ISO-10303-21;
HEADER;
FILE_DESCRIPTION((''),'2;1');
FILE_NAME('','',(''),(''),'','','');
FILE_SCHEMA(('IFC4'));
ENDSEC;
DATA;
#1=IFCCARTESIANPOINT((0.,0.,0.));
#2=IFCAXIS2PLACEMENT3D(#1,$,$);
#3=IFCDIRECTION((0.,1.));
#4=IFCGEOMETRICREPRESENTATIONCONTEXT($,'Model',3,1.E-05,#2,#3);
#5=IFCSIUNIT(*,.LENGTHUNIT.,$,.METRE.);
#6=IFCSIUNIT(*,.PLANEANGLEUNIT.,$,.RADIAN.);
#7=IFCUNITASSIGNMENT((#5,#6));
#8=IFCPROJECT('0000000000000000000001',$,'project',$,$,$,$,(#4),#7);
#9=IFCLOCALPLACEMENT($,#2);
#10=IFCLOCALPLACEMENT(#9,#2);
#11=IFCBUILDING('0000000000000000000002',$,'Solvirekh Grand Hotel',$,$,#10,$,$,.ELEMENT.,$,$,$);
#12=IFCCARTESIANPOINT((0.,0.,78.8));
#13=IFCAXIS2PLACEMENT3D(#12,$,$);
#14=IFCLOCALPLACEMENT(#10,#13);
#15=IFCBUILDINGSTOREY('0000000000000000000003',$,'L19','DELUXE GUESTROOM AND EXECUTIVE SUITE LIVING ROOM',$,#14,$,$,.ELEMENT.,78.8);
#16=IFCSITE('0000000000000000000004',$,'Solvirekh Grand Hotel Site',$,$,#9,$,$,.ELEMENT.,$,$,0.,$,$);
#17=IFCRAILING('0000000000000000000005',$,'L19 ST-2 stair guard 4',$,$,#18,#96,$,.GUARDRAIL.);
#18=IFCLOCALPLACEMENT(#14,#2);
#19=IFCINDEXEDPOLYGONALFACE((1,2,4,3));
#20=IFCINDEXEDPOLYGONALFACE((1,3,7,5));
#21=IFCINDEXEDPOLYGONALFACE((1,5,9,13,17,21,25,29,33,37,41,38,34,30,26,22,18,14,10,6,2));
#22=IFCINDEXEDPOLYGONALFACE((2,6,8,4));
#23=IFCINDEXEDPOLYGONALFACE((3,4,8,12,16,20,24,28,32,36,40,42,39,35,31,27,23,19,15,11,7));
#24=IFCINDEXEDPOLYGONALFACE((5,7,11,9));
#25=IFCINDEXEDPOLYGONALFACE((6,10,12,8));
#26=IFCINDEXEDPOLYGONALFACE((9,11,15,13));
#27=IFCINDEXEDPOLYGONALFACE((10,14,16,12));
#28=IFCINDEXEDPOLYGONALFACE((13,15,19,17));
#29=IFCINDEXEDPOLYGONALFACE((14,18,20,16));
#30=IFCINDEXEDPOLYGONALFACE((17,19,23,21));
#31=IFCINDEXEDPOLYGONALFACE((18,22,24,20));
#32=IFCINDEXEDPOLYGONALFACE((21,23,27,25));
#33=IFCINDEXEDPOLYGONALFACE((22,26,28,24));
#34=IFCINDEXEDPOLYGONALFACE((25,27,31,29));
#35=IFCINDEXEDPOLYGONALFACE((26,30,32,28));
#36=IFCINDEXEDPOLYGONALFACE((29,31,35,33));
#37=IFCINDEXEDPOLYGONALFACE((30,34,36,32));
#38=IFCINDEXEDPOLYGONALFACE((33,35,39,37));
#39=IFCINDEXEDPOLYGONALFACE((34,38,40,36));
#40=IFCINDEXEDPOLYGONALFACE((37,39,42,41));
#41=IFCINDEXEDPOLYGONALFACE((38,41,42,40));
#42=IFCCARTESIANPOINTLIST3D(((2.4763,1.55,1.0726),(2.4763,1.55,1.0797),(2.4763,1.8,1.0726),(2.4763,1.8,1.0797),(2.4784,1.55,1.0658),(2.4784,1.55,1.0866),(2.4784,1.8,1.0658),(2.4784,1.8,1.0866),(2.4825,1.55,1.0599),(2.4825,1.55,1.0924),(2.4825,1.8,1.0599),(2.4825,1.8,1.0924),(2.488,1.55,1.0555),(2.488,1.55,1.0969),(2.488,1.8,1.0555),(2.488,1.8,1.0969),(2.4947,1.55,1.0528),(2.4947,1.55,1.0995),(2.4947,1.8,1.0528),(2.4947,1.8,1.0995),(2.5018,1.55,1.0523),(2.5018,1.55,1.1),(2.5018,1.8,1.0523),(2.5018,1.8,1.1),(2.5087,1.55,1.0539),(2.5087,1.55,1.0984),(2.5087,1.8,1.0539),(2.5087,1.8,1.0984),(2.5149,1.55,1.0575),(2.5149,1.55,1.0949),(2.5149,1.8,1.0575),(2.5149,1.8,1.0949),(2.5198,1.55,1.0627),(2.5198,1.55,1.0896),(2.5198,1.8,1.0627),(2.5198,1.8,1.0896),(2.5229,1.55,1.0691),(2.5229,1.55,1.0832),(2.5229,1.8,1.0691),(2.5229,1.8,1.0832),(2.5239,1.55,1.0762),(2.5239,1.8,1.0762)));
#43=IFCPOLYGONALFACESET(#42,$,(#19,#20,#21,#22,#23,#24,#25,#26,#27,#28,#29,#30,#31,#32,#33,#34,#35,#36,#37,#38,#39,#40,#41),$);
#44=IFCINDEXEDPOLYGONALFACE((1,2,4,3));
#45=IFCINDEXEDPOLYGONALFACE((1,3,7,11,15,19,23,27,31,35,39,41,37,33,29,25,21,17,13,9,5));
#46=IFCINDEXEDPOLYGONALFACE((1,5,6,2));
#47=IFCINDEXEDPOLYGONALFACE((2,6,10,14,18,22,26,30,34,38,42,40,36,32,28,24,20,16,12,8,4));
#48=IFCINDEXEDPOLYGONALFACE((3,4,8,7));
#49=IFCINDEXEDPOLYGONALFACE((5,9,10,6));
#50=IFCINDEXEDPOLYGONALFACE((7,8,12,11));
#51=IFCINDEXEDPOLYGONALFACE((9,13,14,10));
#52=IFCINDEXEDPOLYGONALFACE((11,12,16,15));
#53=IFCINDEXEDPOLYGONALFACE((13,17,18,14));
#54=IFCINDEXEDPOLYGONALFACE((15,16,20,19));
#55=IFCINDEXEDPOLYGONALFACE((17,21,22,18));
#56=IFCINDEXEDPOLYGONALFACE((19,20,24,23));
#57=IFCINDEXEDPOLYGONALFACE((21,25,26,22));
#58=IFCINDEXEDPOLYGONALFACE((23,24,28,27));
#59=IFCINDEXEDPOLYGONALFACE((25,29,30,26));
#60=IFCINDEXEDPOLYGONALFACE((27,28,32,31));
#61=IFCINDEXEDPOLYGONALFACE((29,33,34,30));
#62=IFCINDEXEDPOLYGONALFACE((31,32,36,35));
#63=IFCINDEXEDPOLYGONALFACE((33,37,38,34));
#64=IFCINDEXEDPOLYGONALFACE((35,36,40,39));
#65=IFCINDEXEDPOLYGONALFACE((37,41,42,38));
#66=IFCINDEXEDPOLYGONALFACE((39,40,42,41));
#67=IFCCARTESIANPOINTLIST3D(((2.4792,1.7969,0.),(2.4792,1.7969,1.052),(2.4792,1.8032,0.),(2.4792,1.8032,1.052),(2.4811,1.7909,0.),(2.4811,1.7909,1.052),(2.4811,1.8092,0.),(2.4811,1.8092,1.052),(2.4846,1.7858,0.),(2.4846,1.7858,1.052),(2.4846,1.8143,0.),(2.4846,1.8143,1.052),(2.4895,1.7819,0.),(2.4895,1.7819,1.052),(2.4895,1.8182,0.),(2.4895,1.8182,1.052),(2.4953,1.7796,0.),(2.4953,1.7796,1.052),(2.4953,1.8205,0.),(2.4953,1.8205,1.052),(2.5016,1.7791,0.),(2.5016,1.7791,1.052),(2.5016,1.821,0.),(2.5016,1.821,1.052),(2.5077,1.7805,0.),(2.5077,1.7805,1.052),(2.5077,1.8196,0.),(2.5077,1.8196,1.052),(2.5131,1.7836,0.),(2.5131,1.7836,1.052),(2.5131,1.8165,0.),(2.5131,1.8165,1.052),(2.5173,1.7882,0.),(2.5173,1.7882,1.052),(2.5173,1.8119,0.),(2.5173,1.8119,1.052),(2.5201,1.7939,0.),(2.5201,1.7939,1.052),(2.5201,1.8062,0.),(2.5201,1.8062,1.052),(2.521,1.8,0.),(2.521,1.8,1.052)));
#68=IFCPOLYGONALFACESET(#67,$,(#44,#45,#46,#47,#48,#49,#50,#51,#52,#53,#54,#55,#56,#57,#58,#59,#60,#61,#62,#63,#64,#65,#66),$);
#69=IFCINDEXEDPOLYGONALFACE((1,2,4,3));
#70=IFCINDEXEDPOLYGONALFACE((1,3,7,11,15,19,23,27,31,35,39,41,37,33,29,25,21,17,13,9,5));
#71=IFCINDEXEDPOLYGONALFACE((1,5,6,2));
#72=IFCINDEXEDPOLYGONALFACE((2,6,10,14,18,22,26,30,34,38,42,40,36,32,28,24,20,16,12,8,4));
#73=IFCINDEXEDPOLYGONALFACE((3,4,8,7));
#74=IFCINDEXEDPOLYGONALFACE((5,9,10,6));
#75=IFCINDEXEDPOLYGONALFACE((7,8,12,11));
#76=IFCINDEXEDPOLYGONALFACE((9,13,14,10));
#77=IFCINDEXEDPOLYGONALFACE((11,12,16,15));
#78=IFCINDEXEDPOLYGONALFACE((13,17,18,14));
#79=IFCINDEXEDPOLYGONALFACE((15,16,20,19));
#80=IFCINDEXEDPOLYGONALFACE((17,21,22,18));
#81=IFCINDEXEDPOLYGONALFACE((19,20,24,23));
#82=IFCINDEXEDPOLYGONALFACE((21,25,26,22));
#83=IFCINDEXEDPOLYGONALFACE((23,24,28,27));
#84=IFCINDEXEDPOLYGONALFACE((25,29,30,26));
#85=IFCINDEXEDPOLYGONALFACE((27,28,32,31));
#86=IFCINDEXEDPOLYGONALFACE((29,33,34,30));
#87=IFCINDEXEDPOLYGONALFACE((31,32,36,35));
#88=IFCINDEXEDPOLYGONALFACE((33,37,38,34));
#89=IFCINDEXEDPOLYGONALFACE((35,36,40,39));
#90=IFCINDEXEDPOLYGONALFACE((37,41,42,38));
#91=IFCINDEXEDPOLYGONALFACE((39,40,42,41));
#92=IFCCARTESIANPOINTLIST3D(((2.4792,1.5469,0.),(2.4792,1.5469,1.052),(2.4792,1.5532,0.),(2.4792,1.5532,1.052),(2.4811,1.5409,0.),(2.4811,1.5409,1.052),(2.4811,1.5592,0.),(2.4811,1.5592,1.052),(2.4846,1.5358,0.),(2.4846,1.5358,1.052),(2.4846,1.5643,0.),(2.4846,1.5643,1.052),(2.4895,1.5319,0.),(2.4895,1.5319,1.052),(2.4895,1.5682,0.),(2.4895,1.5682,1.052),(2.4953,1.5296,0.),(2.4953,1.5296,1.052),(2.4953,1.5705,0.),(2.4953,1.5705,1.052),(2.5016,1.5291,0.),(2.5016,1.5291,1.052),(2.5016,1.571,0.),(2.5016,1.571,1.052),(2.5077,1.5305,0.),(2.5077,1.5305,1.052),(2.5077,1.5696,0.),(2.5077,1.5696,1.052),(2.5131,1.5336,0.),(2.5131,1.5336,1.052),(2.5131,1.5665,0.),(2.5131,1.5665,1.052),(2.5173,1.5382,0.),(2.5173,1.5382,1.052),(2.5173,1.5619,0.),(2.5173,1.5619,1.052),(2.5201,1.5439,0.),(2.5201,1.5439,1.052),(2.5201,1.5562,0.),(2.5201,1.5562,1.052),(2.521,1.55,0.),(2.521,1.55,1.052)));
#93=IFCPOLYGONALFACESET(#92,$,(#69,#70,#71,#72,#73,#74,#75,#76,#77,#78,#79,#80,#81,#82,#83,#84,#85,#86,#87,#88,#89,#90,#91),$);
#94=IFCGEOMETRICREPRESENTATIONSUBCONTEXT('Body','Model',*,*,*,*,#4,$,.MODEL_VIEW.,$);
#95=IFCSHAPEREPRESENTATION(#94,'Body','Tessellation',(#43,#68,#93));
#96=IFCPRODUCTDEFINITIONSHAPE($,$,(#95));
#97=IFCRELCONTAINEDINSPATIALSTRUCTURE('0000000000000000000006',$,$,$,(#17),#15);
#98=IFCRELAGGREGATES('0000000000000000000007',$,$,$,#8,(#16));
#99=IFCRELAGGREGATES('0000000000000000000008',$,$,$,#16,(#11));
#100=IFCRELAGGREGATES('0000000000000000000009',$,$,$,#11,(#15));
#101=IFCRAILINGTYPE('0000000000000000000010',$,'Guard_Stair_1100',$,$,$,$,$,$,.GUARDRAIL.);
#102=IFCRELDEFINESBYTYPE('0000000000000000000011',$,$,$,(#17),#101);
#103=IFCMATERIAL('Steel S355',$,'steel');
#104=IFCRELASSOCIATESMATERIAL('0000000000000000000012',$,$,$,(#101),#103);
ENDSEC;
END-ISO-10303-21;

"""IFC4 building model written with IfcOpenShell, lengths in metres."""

from ifc_helpers import new_model, si_unit, direction, frame, origin, origin_2d, place, context, subcontext, project, spatial, circle, extrude, material, type_object, element, save


model = new_model("IFC4")

# Units and contexts
model_context = context("Model", 3, precision=1e-05, world=origin(), true_north=direction((0.0, 1.0)))
body_context = subcontext(model_context, "Body", "Model", "MODEL_VIEW")
ifc_project = project(units=[si_unit("LENGTHUNIT", "METRE"), si_unit("PLANEANGLEUNIT", "RADIAN")], contexts=[model_context])

# Site, building, storey
site_placement = place(None, origin())
site = spatial("IfcSite", under=ifc_project, at=site_placement, Name="Solvirekh Grand Hotel Site", CompositionType="ELEMENT", RefElevation=0.0)
building_placement = place(site_placement, origin())
building = spatial("IfcBuilding", under=site, at=building_placement, Name="Solvirekh Grand Hotel", CompositionType="ELEMENT")
storey_placement = place(building_placement, frame((0.0, 0.0, 78.8)))
storey = spatial("IfcBuildingStorey", under=building, at=storey_placement, Name="L19", Description="DELUXE GUESTROOM AND EXECUTIVE SUITE LIVING ROOM", CompositionType="ELEMENT", Elevation=78.8)

# Railing
ifc_material_1 = material(Name="Steel S355", Category="steel")
railing_type_1 = type_object("IfcRailingType", Name="Guard_Stair_1100", PredefinedType="GUARDRAIL", material=ifc_material_1)
railing_1_placement = place(storey_placement, frame((2.5, 1.8, 0.0)))
element("IfcRailing", 1, at=railing_1_placement, inside=storey, type_object=railing_type_1, Name="L19 ST-2 stair guard 4", PredefinedType="GUARDRAIL", context=body_context, shape_type="SweptSolid", body=[
    extrude(circle(Radius=0.0239, at=origin_2d()), frame((0.0, 0.0, 1.0762), z_axis=(0.0, -1.0, 0.0), x_axis=(1.0, 0.0, 0.0)), (0.0, 0.0, 1.0), 0.25),
    extrude(circle(Radius=0.021, at=origin_2d()), origin(), (0.0, 0.0, 1.0), 1.052),
    extrude(circle(Radius=0.021, at=origin_2d()), frame((0.0, -0.25, 0.0)), (0.0, 0.0, 1.0), 1.052),
])

save(model, "model.ifc")
